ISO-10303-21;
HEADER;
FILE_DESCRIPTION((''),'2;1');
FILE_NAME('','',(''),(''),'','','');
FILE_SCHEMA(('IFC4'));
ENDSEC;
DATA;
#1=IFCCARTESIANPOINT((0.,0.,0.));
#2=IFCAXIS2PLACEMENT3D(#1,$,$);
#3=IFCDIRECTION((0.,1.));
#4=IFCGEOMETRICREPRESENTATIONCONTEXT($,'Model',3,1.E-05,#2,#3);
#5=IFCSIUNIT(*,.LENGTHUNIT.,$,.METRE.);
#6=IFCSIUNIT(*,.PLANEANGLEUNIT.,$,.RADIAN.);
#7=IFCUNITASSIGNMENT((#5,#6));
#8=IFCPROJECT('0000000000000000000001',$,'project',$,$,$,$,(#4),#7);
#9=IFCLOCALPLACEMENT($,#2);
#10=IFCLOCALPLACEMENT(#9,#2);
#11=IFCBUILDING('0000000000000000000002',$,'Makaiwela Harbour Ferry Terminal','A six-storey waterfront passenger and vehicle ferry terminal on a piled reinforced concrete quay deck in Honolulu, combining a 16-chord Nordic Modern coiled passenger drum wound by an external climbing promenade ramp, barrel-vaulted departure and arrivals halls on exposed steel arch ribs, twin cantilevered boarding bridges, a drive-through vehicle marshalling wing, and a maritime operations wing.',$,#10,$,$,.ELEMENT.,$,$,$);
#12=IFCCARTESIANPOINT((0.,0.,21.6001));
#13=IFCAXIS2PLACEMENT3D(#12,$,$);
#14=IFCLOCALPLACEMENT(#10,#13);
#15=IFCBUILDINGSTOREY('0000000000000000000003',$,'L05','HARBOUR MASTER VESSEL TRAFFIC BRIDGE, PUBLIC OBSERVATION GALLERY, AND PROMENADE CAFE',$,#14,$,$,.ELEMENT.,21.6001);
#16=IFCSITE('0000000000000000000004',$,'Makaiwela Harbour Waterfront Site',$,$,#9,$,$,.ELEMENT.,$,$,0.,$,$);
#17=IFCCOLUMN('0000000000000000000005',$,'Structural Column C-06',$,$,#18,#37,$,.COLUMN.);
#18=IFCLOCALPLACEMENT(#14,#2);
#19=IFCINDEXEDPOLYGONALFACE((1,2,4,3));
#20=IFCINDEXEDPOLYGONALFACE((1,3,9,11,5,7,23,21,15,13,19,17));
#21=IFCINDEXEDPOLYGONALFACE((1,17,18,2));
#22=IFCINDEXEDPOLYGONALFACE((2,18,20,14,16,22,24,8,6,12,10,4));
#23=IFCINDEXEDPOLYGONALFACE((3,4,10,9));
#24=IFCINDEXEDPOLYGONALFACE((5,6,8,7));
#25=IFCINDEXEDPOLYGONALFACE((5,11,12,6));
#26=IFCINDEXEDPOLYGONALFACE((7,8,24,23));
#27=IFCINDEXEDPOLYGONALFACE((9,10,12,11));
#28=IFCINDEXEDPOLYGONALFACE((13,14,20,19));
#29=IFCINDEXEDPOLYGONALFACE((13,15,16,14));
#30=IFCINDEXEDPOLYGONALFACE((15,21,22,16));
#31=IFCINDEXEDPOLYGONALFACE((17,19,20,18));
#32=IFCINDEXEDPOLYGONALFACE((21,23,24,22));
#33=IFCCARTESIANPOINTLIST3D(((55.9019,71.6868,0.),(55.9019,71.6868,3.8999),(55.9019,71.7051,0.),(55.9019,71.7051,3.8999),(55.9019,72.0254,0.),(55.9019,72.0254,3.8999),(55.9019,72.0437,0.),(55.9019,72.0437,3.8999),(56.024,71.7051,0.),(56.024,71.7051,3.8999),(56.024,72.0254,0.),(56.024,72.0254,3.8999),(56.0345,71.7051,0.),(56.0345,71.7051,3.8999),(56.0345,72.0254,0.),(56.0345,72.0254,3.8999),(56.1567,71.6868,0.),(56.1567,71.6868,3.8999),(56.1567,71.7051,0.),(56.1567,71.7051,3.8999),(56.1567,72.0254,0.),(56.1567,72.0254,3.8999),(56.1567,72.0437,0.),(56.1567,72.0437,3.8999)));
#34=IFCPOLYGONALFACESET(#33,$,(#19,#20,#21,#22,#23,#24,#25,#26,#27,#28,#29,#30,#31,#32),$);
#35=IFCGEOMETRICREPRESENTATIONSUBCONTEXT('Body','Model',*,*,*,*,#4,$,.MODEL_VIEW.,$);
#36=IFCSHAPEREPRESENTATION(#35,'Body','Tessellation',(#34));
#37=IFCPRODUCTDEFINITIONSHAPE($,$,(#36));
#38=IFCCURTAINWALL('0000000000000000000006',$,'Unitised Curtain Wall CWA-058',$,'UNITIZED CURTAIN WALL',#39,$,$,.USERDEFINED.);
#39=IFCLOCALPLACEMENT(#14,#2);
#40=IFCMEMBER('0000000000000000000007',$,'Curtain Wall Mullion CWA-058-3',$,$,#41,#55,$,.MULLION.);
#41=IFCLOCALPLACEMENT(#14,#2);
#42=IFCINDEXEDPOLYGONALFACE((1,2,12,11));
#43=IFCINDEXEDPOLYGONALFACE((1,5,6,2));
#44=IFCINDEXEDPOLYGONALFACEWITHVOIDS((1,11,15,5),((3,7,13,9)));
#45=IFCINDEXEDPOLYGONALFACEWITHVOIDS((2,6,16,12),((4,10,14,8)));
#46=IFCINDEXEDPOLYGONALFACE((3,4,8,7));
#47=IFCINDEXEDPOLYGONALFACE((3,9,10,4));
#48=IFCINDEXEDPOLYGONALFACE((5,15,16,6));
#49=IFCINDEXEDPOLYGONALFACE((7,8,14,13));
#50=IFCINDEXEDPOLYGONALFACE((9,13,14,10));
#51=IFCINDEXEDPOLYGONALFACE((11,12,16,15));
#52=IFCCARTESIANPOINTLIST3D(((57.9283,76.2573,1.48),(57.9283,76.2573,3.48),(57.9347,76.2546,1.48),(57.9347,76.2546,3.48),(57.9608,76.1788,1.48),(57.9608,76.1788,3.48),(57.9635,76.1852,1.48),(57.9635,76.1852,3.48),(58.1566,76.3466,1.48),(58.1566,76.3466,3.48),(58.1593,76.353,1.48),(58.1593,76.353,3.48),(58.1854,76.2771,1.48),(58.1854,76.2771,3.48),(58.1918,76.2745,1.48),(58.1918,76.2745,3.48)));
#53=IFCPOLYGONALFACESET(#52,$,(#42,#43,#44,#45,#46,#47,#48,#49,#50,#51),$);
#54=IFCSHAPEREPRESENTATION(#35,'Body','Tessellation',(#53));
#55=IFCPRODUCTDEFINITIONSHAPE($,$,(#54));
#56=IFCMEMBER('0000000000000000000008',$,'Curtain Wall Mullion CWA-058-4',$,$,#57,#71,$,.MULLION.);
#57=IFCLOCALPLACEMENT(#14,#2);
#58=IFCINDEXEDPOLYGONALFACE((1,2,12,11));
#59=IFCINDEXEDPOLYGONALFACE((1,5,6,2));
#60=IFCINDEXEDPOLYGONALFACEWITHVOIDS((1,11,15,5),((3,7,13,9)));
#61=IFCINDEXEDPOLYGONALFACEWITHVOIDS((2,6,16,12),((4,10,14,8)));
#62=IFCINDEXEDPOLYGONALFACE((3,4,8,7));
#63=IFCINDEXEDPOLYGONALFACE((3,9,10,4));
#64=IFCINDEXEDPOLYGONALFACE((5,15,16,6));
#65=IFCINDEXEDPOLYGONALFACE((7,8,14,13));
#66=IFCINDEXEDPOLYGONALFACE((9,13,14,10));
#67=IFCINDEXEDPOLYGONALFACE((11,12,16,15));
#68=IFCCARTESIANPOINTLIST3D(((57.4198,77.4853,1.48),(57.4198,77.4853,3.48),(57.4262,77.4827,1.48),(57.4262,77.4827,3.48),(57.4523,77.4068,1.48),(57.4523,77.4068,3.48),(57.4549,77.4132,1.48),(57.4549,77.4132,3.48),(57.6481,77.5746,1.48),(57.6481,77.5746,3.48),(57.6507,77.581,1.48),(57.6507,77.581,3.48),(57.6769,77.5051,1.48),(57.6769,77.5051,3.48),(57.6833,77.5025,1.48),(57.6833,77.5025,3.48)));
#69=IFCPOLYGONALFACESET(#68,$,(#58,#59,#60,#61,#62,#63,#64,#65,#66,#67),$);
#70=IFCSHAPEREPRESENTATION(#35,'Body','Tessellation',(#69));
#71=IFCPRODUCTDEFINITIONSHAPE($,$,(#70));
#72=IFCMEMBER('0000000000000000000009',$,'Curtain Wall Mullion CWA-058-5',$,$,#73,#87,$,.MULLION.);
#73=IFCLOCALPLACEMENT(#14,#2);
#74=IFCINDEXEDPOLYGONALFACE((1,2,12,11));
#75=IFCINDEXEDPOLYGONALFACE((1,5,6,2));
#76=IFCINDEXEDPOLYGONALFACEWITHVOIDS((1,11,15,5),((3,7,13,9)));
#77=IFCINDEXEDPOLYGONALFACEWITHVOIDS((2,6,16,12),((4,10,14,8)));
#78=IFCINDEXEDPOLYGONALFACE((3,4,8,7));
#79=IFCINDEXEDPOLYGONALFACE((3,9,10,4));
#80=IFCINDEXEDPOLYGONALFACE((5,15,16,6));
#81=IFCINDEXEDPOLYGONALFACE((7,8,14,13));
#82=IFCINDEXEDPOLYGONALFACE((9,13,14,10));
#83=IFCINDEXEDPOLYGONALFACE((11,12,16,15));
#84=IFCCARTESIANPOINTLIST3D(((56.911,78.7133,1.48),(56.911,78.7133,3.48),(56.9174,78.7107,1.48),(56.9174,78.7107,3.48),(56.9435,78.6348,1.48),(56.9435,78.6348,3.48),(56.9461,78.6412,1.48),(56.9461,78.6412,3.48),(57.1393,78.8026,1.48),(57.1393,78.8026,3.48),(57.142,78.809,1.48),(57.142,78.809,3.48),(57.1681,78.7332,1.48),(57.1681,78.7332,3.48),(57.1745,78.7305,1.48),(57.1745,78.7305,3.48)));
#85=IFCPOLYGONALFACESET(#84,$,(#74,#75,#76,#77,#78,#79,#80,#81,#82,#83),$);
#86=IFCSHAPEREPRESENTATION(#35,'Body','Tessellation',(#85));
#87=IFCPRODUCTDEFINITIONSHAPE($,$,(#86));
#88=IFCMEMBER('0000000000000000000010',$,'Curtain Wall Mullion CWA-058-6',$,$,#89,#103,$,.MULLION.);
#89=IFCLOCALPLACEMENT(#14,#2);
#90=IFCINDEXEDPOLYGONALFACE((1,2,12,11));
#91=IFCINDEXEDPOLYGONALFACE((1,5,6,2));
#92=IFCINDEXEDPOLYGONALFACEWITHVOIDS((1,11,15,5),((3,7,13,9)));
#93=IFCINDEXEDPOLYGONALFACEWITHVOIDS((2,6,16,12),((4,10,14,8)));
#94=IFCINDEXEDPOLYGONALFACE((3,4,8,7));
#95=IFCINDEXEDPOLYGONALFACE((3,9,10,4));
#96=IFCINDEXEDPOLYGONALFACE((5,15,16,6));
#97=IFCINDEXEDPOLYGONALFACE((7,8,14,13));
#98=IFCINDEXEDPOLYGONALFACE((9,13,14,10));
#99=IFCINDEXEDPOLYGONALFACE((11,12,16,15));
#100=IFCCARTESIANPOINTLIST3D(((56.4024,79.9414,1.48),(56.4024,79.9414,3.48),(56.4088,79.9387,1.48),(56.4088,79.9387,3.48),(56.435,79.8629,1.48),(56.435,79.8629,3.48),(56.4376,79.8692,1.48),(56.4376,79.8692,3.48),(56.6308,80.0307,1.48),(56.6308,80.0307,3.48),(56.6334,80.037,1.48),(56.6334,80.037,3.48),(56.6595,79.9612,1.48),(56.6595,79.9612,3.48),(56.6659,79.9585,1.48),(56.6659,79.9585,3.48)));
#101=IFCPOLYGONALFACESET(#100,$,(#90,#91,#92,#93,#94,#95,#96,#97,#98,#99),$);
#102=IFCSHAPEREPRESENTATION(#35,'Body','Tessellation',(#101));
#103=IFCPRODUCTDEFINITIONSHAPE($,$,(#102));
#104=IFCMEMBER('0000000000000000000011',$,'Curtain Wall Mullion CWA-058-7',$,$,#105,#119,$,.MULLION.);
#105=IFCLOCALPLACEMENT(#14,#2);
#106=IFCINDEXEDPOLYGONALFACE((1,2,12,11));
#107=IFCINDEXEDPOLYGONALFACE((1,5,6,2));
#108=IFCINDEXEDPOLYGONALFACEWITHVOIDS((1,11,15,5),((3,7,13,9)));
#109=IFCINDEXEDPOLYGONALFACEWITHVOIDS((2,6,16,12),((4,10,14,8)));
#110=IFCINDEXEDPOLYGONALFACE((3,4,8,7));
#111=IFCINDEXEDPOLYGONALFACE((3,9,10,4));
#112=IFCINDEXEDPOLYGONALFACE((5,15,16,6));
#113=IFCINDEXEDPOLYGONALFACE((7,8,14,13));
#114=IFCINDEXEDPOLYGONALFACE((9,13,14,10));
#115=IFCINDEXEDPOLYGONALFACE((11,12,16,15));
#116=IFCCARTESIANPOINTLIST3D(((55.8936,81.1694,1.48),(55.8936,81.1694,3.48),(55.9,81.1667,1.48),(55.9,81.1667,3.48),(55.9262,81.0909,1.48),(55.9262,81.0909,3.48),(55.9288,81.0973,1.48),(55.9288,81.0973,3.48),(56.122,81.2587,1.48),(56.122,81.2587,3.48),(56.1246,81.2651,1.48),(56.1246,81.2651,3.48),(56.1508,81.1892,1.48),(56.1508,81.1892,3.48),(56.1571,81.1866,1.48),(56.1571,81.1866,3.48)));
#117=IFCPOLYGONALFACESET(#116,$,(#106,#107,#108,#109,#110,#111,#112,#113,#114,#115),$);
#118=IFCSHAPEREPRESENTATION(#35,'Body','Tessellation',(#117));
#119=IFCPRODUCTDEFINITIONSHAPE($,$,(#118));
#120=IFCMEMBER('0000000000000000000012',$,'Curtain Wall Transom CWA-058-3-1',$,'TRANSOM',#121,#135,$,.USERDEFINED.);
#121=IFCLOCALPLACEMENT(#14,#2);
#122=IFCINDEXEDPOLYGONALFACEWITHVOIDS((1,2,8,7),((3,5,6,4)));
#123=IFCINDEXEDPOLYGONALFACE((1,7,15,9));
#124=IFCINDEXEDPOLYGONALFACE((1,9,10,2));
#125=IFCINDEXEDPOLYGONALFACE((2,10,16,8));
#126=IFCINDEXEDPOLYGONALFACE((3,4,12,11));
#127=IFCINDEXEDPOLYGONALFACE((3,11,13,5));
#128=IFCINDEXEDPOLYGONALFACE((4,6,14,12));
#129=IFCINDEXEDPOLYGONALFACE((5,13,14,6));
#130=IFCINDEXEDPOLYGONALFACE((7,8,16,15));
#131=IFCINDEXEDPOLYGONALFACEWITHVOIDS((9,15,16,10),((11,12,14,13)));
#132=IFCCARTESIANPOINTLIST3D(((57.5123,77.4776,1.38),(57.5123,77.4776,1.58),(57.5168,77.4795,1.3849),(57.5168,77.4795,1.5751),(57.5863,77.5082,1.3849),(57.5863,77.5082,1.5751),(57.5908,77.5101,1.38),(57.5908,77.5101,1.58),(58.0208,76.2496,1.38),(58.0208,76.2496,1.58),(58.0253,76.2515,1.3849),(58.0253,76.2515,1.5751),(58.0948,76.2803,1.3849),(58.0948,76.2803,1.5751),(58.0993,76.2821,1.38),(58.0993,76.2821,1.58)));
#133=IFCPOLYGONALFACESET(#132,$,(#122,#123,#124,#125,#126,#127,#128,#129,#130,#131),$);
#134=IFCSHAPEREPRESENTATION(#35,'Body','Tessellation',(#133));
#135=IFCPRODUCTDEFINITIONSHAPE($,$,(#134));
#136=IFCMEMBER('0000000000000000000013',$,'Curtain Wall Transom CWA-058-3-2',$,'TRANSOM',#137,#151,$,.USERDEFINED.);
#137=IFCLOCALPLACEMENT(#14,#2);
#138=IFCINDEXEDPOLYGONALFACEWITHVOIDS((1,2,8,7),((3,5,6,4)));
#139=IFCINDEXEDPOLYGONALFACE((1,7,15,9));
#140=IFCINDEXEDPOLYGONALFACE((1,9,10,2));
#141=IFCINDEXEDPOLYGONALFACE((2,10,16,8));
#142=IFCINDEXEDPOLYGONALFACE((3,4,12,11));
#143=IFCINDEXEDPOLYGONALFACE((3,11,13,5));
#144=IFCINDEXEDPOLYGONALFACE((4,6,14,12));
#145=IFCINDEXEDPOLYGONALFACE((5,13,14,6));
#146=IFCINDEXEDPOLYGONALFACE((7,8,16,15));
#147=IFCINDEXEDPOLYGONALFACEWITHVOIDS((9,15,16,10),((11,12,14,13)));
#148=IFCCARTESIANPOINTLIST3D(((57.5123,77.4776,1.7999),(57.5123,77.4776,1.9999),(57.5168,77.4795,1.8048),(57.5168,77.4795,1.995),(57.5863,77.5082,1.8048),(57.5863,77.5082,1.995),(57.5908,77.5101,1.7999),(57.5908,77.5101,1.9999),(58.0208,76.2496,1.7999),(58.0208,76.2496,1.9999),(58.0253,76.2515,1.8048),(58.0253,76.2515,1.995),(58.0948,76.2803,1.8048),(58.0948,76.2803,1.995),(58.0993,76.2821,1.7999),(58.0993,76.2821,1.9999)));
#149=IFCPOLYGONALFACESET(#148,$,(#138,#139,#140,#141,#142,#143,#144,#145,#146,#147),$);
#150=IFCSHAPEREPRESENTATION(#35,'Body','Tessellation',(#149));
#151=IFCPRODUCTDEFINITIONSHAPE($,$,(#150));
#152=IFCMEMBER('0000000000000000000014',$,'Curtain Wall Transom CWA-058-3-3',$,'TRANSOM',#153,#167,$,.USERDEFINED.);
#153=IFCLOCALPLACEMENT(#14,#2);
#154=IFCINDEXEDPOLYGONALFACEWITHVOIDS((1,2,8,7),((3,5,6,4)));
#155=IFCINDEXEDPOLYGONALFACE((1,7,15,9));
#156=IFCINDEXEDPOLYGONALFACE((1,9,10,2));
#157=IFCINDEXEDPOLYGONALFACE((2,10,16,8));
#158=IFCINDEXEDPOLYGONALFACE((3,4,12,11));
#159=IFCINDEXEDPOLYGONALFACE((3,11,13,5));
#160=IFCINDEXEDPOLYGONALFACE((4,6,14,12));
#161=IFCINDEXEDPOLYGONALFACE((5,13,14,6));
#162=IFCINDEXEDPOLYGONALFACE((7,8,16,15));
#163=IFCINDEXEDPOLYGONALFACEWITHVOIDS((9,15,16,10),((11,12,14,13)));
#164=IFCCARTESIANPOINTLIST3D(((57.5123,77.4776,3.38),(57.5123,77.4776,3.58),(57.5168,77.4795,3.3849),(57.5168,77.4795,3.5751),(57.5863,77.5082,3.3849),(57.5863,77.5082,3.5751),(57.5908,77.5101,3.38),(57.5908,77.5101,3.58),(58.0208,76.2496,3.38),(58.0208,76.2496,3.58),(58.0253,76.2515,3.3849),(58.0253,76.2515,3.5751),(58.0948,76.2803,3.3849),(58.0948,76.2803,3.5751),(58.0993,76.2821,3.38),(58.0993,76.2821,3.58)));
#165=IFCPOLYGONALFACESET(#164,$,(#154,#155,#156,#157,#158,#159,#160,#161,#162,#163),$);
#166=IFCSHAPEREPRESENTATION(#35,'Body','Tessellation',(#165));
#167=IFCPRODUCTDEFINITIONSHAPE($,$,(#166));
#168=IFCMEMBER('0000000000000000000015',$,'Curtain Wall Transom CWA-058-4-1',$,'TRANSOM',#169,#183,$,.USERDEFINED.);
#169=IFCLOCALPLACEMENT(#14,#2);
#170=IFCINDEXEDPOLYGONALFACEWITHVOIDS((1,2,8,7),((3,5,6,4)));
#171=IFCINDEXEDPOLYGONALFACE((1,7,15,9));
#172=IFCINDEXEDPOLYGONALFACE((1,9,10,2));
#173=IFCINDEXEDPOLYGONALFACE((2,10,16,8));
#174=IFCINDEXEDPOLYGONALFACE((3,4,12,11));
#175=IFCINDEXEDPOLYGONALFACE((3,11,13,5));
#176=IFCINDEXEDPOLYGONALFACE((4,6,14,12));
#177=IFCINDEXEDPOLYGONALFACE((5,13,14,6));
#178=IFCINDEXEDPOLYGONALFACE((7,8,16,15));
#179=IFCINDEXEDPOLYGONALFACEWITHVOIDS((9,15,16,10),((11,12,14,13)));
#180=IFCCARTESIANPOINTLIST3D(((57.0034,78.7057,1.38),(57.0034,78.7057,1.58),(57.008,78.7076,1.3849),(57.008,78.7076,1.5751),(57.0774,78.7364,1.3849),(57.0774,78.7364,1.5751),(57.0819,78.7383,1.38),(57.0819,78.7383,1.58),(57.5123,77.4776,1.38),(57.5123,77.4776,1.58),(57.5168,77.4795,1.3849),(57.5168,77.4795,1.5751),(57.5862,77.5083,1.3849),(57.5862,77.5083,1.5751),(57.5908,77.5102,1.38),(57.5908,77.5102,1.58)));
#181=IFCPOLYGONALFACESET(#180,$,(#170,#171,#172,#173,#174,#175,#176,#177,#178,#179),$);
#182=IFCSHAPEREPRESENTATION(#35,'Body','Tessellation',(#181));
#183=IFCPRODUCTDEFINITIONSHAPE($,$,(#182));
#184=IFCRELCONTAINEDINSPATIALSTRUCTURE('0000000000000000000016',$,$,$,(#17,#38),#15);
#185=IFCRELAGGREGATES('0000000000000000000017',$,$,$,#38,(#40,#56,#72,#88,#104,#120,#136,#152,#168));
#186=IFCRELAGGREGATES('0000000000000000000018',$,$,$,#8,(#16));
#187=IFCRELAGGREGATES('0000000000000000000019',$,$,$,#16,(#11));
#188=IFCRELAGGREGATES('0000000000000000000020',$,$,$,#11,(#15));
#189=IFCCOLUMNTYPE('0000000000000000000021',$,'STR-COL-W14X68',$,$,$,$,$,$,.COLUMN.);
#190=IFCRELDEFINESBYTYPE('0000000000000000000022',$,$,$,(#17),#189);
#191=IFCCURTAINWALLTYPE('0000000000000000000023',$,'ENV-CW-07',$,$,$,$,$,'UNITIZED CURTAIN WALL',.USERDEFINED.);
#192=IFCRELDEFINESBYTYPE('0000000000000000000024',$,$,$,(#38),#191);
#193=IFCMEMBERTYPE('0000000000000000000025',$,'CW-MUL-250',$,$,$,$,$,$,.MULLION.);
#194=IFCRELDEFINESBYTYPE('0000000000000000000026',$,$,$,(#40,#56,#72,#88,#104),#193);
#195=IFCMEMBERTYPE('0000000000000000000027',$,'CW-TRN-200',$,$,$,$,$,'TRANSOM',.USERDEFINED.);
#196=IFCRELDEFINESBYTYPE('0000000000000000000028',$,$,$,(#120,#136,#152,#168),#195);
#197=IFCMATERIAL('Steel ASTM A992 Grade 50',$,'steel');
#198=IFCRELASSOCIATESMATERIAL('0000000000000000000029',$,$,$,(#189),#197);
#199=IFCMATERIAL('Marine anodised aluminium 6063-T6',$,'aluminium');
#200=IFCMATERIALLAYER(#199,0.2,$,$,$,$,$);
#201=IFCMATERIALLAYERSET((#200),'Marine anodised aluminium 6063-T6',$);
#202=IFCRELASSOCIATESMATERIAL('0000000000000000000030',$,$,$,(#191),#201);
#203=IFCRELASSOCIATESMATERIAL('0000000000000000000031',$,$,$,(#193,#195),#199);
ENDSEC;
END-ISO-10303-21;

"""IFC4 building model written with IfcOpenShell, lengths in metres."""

from ifc_helpers import new_model, si_unit, direction, frame, origin, origin_2d, place, context, subcontext, project, spatial, hollow_rectangle, i_section, extrude, material, layer, layer_set, material_profile, profile_set, type_object, element, aggregate, save


model = new_model("IFC4")

# Units and contexts
model_context = context("Model", 3, precision=1e-05, world=origin(), true_north=direction((0.0, 1.0)))
body_context = subcontext(model_context, "Body", "Model", "MODEL_VIEW")
ifc_project = project(units=[si_unit("LENGTHUNIT", "METRE"), si_unit("PLANEANGLEUNIT", "RADIAN")], contexts=[model_context])

# Site, building, storey
site_placement = place(None, origin())
site = spatial("IfcSite", under=ifc_project, at=site_placement, Name="Makaiwela Harbour Waterfront Site", CompositionType="ELEMENT", RefElevation=0.0)
building_placement = place(site_placement, origin())
building = spatial("IfcBuilding", under=site, at=building_placement, Name="Makaiwela Harbour Ferry Terminal", Description="A six-storey waterfront passenger and vehicle ferry terminal on a piled reinforced concrete quay deck in Honolulu, combining a 16-chord Nordic Modern coiled passenger drum wound by an external climbing promenade ramp, barrel-vaulted departure and arrivals halls on exposed steel arch ribs, twin cantilevered boarding bridges, a drive-through vehicle marshalling wing, and a maritime operations wing.", CompositionType="ELEMENT")
storey_placement = place(building_placement, frame((0.0, 0.0, 21.6001)))
storey = spatial("IfcBuildingStorey", under=building, at=storey_placement, Name="L05", Description="HARBOUR MASTER VESSEL TRAFFIC BRIDGE, PUBLIC OBSERVATION GALLERY, AND PROMENADE CAFE", CompositionType="ELEMENT", Elevation=21.6001)

# Column
ifc_material_1 = material(Name="Steel ASTM A992 Grade 50", Category="steel")
ifc_material_profile_1 = material_profile(ifc_material_1, i_section(OverallWidth=0.2549, OverallDepth=0.3569, WebThickness=0.0105, FlangeThickness=0.0183, at=origin_2d()), Name="W14X68")
ifc_profile_set_1 = profile_set([ifc_material_profile_1], Name="Steel ASTM A992 Grade 50")
column_type = type_object("IfcColumnType", Name="STR-COL-W14X68", PredefinedType="COLUMN", material=ifc_profile_set_1)
column_placement = place(storey_placement, frame((56.0293, 71.8652, 0.0), z_axis=(0.0, 0.0, 1.0), x_axis=(1.0, 0.0, 0.0)))
element("IfcColumn", 1, at=column_placement, inside=storey, type_object=column_type, Name="Structural Column C-06", PredefinedType="COLUMN", context=body_context, shape_type="SweptSolid", body=[
    extrude(i_section(OverallWidth=0.2549, OverallDepth=0.3569, WebThickness=0.0105, FlangeThickness=0.0183, at=origin_2d()), origin(), (0.0, 0.0, 1.0), 3.8999),
])

# Curtain wall, members
ifc_material_2 = material(Name="Marine anodised aluminium 6063-T6", Category="aluminium")
ifc_layer_1 = layer(ifc_material_2, 0.2)
ifc_layer_set_1 = layer_set([ifc_layer_1], Name="Marine anodised aluminium 6063-T6")
curtain_wall_type = type_object("IfcCurtainWallType", Name="ENV-CW-07", ElementType="UNITIZED CURTAIN WALL", PredefinedType="USERDEFINED", material=ifc_layer_set_1)
curtain_wall_placement = place(storey_placement, origin())
curtain_wall = element("IfcCurtainWall", 2, at=curtain_wall_placement, inside=storey, type_object=curtain_wall_type, Name="Unitised Curtain Wall CWA-058", ObjectType="UNITIZED CURTAIN WALL", PredefinedType="USERDEFINED")
ifc_material_profile_2 = material_profile(ifc_material_2, hollow_rectangle(XDim=0.085, YDim=0.25, WallThickness=0.0049, at=origin_2d()), Name="CWM-250X85")
ifc_profile_set_2 = profile_set([ifc_material_profile_2], Name="Marine anodised aluminium 6063-T6")
member_type_1 = type_object("IfcMemberType", Name="CW-MUL-250", PredefinedType="MULLION", material=ifc_profile_set_2)
member_1_placement = place(storey_placement, frame((58.0601, 76.2659, 1.48), z_axis=(0.0, 0.0, 1.0), x_axis=(-0.382683, 0.92388, 0.0)))
member_1 = element("IfcMember", 3, at=member_1_placement, type_object=member_type_1, Name="Curtain Wall Mullion CWA-058-3", PredefinedType="MULLION", context=body_context, shape_type="SweptSolid", body=[
    extrude(hollow_rectangle(XDim=0.085, YDim=0.25, WallThickness=0.0049, at=origin_2d()), origin(), (0.0, 0.0, 1.0), 2.0),
])
member_2_placement = place(storey_placement, frame((57.5515, 77.4939, 1.48), z_axis=(0.0, 0.0, 1.0), x_axis=(-0.382683, 0.92388, 0.0)))
member_2 = element("IfcMember", 4, at=member_2_placement, type_object=member_type_1, Name="Curtain Wall Mullion CWA-058-4", PredefinedType="MULLION", context=body_context, shape_type="SweptSolid", body=[
    extrude(hollow_rectangle(XDim=0.085, YDim=0.25, WallThickness=0.0049, at=origin_2d()), origin(), (0.0, 0.0, 1.0), 2.0),
])
member_3_placement = place(storey_placement, frame((57.0427, 78.7219, 1.48), z_axis=(0.0, 0.0, 1.0), x_axis=(-0.382683, 0.92388, 0.0)))
member_3 = element("IfcMember", 5, at=member_3_placement, type_object=member_type_1, Name="Curtain Wall Mullion CWA-058-5", PredefinedType="MULLION", context=body_context, shape_type="SweptSolid", body=[
    extrude(hollow_rectangle(XDim=0.085, YDim=0.25, WallThickness=0.0049, at=origin_2d()), origin(), (0.0, 0.0, 1.0), 2.0),
])
member_4_placement = place(storey_placement, frame((56.5342, 79.95, 1.48), z_axis=(0.0, 0.0, 1.0), x_axis=(-0.382683, 0.92388, 0.0)))
member_4 = element("IfcMember", 6, at=member_4_placement, type_object=member_type_1, Name="Curtain Wall Mullion CWA-058-6", PredefinedType="MULLION", context=body_context, shape_type="SweptSolid", body=[
    extrude(hollow_rectangle(XDim=0.085, YDim=0.25, WallThickness=0.0049, at=origin_2d()), origin(), (0.0, 0.0, 1.0), 2.0),
])
member_5_placement = place(storey_placement, frame((56.0254, 81.178, 1.48), z_axis=(0.0, 0.0, 1.0), x_axis=(-0.382683, 0.92388, 0.0)))
member_5 = element("IfcMember", 7, at=member_5_placement, type_object=member_type_1, Name="Curtain Wall Mullion CWA-058-7", PredefinedType="MULLION", context=body_context, shape_type="SweptSolid", body=[
    extrude(hollow_rectangle(XDim=0.085, YDim=0.25, WallThickness=0.0049, at=origin_2d()), origin(), (0.0, 0.0, 1.0), 2.0),
])
ifc_material_profile_3 = material_profile(ifc_material_2, hollow_rectangle(XDim=0.085, YDim=0.2, WallThickness=0.0049, at=origin_2d()), Name="CWT-200X85")
ifc_profile_set_3 = profile_set([ifc_material_profile_3], Name="Marine anodised aluminium 6063-T6")
member_type_2 = type_object("IfcMemberType", Name="CW-TRN-200", ElementType="TRANSOM", PredefinedType="USERDEFINED", material=ifc_profile_set_3)
member_6_placement = place(storey_placement, frame((58.0601, 76.2659, 1.48), z_axis=(-0.382606, 0.923912, 0.0), x_axis=(-0.923912, -0.382606, 0.0)))
member_6 = element("IfcMember", 8, at=member_6_placement, type_object=member_type_2, Name="Curtain Wall Transom CWA-058-3-1", ObjectType="TRANSOM", PredefinedType="USERDEFINED", context=body_context, shape_type="SweptSolid", body=[
    extrude(hollow_rectangle(XDim=0.085, YDim=0.2, WallThickness=0.0049, at=origin_2d()), origin(), (0.0, 0.0, 1.0), 1.3291),
])
member_7_placement = place(storey_placement, frame((58.0601, 76.2659, 1.8999), z_axis=(-0.382606, 0.923912, 0.0), x_axis=(-0.923912, -0.382606, 0.0)))
member_7 = element("IfcMember", 9, at=member_7_placement, type_object=member_type_2, Name="Curtain Wall Transom CWA-058-3-2", ObjectType="TRANSOM", PredefinedType="USERDEFINED", context=body_context, shape_type="SweptSolid", body=[
    extrude(hollow_rectangle(XDim=0.085, YDim=0.2, WallThickness=0.0049, at=origin_2d()), origin(), (0.0, 0.0, 1.0), 1.3291),
])
member_8_placement = place(storey_placement, frame((58.0601, 76.2659, 3.48), z_axis=(-0.382606, 0.923912, 0.0), x_axis=(-0.923912, -0.382606, 0.0)))
member_8 = element("IfcMember", 10, at=member_8_placement, type_object=member_type_2, Name="Curtain Wall Transom CWA-058-3-3", ObjectType="TRANSOM", PredefinedType="USERDEFINED", context=body_context, shape_type="SweptSolid", body=[
    extrude(hollow_rectangle(XDim=0.085, YDim=0.2, WallThickness=0.0049, at=origin_2d()), origin(), (0.0, 0.0, 1.0), 1.3291),
])
member_9_placement = place(storey_placement, frame((57.5515, 77.4939, 1.48), z_axis=(-0.382763, 0.923847, 0.0), x_axis=(-0.923847, -0.382763, 0.0)))
member_9 = element("IfcMember", 11, at=member_9_placement, type_object=member_type_2, Name="Curtain Wall Transom CWA-058-4-1", ObjectType="TRANSOM", PredefinedType="USERDEFINED", context=body_context, shape_type="SweptSolid", body=[
    extrude(hollow_rectangle(XDim=0.085, YDim=0.2, WallThickness=0.0049, at=origin_2d()), origin(), (0.0, 0.0, 1.0), 1.3293),
])

aggregate(curtain_wall, [member_1, member_2, member_3, member_4, member_5, member_6, member_7, member_8, member_9])

save(model, "model.ifc")
